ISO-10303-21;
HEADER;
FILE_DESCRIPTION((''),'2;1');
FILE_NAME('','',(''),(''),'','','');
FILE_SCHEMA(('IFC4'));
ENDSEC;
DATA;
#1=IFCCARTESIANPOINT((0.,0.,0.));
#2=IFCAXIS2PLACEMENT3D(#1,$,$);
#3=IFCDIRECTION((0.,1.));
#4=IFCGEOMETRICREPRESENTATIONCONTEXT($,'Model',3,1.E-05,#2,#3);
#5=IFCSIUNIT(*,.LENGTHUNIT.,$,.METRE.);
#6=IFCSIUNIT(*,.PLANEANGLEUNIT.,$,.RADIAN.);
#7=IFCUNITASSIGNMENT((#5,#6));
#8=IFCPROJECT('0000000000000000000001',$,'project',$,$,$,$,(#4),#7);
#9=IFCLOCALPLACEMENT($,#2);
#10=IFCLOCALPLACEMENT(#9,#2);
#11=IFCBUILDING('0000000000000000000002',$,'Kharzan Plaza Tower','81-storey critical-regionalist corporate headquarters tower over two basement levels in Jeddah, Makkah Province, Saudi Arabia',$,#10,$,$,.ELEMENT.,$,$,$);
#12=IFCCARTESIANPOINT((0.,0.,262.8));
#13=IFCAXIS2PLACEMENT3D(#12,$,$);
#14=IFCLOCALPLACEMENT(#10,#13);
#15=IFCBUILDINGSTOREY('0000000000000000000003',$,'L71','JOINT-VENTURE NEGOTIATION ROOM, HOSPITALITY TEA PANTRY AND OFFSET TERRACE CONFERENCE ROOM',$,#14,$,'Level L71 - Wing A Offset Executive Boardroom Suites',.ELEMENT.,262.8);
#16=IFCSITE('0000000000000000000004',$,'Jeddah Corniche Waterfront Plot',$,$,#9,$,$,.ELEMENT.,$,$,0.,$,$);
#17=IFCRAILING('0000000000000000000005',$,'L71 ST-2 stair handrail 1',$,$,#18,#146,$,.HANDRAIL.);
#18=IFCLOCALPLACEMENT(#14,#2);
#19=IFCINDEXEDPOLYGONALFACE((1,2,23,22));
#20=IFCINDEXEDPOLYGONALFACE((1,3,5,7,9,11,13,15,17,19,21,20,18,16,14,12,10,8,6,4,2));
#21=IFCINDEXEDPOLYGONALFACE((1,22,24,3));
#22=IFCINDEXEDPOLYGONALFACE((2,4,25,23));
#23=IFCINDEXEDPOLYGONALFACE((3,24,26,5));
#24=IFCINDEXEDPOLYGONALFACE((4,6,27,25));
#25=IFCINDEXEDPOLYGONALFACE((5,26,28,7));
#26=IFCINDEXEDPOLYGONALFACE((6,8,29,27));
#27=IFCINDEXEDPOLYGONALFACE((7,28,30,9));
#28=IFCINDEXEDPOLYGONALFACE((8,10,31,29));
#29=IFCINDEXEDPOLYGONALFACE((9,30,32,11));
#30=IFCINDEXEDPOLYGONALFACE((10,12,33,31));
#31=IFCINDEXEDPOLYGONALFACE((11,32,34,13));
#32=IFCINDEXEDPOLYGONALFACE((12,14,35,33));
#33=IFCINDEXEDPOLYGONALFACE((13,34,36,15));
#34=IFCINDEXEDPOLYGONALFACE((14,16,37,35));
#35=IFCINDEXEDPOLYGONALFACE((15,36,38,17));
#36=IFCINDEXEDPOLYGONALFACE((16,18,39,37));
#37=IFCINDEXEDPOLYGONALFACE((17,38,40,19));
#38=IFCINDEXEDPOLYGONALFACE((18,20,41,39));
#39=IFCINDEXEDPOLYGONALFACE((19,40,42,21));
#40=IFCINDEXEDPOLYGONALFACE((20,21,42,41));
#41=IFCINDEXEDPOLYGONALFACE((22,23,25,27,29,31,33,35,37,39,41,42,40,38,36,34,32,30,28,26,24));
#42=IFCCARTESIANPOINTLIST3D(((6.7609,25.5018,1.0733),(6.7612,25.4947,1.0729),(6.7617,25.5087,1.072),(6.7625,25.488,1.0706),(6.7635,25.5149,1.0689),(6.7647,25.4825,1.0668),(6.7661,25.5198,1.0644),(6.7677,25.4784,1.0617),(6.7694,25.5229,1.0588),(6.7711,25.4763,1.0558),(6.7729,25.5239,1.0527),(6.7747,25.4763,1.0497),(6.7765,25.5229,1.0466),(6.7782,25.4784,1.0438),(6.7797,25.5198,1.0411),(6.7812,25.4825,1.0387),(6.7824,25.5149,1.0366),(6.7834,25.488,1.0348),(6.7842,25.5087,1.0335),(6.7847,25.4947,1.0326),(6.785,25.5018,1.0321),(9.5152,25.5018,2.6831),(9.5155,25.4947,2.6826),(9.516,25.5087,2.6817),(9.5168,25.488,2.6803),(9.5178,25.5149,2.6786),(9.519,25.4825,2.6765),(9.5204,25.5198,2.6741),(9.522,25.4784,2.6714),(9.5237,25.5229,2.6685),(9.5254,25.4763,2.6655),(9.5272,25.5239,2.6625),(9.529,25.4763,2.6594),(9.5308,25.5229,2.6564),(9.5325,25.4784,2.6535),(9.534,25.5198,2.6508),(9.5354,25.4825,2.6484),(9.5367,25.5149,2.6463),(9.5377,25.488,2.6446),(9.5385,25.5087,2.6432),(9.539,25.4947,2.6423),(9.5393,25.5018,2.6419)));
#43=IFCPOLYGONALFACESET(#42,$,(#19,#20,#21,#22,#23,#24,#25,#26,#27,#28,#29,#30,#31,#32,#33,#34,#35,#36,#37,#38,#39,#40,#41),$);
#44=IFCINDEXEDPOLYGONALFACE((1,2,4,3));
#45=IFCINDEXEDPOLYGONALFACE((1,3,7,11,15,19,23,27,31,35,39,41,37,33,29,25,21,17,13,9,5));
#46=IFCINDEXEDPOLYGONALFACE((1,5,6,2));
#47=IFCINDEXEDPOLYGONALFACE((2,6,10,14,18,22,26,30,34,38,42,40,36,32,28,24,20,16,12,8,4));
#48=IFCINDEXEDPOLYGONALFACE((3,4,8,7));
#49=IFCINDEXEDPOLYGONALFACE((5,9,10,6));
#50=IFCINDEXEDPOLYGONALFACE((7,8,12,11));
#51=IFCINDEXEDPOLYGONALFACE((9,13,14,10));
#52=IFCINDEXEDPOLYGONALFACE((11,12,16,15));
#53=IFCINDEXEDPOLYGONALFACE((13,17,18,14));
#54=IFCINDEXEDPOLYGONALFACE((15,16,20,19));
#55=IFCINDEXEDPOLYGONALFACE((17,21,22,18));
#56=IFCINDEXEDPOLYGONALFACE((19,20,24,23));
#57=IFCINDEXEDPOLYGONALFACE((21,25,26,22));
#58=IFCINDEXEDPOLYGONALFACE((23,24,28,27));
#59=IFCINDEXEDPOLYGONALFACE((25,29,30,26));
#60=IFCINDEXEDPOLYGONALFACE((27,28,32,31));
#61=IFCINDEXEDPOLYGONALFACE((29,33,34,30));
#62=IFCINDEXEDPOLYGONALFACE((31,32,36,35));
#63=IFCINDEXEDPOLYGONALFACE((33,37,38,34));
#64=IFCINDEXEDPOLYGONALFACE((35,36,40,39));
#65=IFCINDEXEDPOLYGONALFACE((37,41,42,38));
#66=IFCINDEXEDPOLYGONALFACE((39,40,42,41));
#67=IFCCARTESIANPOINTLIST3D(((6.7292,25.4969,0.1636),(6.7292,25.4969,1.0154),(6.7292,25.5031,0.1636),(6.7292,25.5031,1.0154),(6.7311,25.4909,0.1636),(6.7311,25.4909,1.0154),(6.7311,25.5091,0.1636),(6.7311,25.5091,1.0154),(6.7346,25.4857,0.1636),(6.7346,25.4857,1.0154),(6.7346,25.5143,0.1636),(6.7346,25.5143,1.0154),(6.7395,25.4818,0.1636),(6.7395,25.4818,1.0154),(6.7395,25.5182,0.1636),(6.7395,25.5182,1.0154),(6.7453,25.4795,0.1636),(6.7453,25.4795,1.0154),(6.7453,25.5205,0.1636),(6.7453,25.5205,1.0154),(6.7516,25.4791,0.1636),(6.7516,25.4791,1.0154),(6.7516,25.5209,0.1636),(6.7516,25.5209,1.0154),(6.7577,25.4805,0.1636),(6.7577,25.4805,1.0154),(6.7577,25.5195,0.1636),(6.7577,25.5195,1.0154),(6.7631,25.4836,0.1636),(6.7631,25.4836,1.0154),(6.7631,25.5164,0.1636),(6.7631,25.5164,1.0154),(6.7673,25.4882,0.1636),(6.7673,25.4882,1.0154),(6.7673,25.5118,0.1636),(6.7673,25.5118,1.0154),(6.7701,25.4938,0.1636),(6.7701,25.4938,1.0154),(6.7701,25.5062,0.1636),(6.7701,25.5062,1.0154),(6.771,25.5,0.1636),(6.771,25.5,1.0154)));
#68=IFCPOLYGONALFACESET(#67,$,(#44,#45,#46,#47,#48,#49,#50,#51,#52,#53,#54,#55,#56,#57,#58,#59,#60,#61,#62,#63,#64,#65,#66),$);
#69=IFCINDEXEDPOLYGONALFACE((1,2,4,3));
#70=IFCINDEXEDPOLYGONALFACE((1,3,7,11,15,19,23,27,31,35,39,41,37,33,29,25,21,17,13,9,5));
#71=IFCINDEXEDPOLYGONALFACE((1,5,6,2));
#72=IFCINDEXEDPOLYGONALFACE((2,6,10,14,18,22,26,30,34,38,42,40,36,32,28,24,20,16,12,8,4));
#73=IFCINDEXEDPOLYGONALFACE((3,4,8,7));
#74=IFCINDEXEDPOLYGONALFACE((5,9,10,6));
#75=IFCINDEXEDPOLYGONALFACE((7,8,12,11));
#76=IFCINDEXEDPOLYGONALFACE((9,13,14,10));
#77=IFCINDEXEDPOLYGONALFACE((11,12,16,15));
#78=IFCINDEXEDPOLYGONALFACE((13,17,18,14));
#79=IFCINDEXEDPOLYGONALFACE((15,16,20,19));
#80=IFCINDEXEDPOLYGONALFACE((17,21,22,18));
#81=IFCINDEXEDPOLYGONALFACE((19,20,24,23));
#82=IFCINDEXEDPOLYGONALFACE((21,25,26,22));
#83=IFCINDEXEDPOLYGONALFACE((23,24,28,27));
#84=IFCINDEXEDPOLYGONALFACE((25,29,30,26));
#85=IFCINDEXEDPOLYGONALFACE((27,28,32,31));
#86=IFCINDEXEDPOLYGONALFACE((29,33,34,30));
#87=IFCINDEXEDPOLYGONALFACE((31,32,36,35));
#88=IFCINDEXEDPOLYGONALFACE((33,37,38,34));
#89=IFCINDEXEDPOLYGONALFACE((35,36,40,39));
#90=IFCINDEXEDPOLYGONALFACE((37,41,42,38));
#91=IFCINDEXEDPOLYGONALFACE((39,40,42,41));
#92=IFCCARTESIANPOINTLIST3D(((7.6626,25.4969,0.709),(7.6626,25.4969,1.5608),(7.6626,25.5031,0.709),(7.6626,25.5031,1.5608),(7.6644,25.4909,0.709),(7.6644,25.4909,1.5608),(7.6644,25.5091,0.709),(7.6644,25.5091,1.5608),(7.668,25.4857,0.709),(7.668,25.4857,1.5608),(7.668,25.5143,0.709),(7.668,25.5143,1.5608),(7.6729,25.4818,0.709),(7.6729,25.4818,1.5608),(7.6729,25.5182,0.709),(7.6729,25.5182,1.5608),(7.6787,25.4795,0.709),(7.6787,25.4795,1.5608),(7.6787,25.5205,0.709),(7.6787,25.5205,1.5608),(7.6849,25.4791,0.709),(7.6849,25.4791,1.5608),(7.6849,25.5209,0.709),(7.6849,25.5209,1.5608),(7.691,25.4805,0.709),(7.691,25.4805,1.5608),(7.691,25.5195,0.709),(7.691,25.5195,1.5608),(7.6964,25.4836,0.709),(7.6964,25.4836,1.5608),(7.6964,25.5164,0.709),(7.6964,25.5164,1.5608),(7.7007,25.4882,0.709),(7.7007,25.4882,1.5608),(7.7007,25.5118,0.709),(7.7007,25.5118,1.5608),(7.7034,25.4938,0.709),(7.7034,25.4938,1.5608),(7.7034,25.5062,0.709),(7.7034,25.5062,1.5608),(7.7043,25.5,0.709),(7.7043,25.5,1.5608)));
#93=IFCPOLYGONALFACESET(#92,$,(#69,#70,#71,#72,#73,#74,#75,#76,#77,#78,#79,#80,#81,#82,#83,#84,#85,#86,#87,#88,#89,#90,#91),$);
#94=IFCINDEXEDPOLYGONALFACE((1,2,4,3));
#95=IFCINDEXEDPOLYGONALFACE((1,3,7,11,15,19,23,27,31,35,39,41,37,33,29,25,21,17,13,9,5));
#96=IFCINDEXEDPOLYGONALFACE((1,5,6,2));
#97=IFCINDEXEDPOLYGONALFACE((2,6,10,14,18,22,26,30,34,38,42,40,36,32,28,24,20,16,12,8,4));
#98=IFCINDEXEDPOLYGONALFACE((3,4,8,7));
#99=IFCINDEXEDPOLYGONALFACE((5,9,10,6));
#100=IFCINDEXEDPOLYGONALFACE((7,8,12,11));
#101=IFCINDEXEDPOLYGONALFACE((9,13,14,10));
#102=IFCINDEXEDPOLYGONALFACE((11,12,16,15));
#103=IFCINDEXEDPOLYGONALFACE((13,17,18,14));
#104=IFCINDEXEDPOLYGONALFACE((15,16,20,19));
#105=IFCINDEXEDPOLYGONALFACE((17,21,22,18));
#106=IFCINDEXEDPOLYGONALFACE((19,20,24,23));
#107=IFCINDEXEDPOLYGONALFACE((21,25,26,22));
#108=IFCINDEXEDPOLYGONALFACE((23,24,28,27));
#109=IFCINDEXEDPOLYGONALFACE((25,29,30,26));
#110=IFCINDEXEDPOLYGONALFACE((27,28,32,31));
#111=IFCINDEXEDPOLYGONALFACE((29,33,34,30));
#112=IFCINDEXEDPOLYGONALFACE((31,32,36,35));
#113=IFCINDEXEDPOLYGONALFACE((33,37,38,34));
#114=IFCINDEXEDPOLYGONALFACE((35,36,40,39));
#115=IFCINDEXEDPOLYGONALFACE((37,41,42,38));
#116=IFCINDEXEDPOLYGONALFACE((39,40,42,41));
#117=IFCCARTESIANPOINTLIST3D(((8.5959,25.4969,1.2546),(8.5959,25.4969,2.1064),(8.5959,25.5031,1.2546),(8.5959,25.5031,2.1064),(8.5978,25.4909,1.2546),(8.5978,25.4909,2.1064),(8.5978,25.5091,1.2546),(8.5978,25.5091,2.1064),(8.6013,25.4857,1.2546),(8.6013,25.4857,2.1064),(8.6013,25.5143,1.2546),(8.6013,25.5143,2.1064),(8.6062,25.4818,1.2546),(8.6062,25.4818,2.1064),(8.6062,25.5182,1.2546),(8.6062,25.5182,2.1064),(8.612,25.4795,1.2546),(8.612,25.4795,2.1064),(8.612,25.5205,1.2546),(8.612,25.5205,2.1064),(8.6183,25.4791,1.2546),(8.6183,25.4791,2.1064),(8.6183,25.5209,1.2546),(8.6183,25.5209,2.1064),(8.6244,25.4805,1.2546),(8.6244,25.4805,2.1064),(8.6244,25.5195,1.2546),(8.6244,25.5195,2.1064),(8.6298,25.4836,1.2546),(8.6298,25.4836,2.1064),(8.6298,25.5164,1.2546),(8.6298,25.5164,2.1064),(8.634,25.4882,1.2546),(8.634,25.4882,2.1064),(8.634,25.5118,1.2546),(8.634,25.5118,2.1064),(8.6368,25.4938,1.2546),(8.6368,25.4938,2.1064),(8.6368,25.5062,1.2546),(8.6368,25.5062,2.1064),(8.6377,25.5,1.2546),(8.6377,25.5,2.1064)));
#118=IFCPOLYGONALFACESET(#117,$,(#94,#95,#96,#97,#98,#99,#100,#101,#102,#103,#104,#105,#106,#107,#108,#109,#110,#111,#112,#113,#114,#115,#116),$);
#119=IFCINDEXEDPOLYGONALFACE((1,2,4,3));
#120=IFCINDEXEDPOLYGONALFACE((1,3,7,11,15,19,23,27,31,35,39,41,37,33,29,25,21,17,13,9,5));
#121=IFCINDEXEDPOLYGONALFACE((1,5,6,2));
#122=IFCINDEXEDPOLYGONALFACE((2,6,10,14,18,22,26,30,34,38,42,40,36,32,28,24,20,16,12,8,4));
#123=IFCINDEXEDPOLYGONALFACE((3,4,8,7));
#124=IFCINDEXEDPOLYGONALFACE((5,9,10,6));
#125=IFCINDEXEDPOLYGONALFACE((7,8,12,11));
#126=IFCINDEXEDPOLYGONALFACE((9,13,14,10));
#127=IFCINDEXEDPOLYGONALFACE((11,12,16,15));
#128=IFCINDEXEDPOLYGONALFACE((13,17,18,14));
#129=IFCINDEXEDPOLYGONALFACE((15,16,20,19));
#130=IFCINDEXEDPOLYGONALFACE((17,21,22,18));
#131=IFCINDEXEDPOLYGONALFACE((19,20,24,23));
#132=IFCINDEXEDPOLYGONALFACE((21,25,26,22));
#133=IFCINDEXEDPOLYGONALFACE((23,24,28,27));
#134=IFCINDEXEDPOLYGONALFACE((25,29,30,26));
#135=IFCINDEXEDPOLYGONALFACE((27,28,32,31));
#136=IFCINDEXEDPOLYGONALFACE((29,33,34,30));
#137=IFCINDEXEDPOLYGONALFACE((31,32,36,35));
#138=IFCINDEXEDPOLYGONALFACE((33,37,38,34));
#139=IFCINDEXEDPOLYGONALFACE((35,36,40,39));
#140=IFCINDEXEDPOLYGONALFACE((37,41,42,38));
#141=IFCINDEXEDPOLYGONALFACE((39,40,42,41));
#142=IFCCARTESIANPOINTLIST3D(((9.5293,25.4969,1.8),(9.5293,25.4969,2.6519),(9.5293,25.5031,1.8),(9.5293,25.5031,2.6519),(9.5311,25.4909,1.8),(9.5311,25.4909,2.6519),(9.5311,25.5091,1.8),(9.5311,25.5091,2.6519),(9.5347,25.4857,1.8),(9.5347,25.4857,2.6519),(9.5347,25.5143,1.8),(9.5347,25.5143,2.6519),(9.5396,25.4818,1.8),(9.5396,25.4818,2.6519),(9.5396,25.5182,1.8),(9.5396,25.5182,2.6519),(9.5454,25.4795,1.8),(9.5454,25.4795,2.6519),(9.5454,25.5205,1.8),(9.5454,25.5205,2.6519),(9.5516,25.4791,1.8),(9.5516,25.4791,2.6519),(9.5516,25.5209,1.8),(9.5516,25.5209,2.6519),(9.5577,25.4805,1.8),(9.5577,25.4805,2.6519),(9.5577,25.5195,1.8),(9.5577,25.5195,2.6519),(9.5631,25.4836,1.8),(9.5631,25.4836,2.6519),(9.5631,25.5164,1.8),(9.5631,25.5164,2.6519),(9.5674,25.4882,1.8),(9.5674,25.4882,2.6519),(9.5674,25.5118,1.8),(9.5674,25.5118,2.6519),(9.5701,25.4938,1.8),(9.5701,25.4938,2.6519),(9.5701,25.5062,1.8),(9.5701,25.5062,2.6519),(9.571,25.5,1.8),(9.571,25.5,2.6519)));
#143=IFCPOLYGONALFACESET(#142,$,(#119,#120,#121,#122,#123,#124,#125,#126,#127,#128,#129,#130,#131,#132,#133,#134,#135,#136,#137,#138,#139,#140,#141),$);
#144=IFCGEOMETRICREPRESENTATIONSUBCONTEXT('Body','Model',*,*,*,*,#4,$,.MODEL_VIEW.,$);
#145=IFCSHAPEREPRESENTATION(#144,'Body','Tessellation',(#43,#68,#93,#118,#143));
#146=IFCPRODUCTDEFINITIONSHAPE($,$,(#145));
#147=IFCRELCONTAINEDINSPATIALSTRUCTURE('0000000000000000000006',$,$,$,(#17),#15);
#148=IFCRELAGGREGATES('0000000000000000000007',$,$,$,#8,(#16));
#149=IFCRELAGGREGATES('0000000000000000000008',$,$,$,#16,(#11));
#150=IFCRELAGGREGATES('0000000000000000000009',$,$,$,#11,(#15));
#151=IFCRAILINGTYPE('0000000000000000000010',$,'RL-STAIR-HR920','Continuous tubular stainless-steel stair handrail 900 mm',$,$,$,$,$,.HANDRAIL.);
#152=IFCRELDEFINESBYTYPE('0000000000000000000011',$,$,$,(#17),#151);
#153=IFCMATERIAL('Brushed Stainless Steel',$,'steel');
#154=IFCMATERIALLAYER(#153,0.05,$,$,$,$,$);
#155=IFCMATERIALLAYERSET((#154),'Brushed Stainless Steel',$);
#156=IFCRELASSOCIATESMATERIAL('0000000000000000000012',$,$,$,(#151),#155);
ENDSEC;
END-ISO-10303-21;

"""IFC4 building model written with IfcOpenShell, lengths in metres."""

from ifc_helpers import new_model, si_unit, direction, frame, origin, origin_2d, place, context, subcontext, project, spatial, circle, extrude, source, transform, mapped, material, layer, layer_set, type_object, element, save


model = new_model("IFC4")

# Units and contexts
model_context = context("Model", 3, precision=1e-05, world=origin(), true_north=direction((0.0, 1.0)))
body_context = subcontext(model_context, "Body", "Model", "MODEL_VIEW")
ifc_project = project(units=[si_unit("LENGTHUNIT", "METRE"), si_unit("PLANEANGLEUNIT", "RADIAN")], contexts=[model_context])

# Site, building, storey
site_placement = place(None, origin())
site = spatial("IfcSite", under=ifc_project, at=site_placement, Name="Jeddah Corniche Waterfront Plot", CompositionType="ELEMENT", RefElevation=0.0)
building_placement = place(site_placement, origin())
building = spatial("IfcBuilding", under=site, at=building_placement, Name="Kharzan Plaza Tower", Description="81-storey critical-regionalist corporate headquarters tower over two basement levels in Jeddah, Makkah Province, Saudi Arabia", CompositionType="ELEMENT")
storey_placement = place(building_placement, frame((0.0, 0.0, 262.8)))
storey = spatial("IfcBuildingStorey", under=building, at=storey_placement, Name="L71", Description="JOINT-VENTURE NEGOTIATION ROOM, HOSPITALITY TEA PANTRY AND OFFSET TERRACE CONFERENCE ROOM", LongName="Level L71 - Wing A Offset Executive Boardroom Suites", CompositionType="ELEMENT", Elevation=262.8)

# Shared definitions
ifc_material_1 = material(Name="Brushed Stainless Steel", Category="steel")

# Railing
ifc_layer_1 = layer(ifc_material_1, 0.05)
ifc_layer_set_1 = layer_set([ifc_layer_1], Name="Brushed Stainless Steel")
railing_type_1 = type_object("IfcRailingType", Name="RL-STAIR-HR920", Description="Continuous tubular stainless-steel stair handrail 900 mm", PredefinedType="HANDRAIL", material=ifc_layer_set_1)
shared_shape_1 = source(origin(), body_context, "Body", "SweptSolid", [
    extrude(circle(Radius=0.0239, at=origin_2d()), frame((0.0229, 0.0, 0.8892), z_axis=(0.863361, 0.0, 0.504587), x_axis=(0.0, 1.0, 0.0)), (0.0, 0.0, 1.0), 3.1902),
    extrude(circle(Radius=0.021, at=origin_2d()), origin(), (0.0, 0.0, 1.0), 0.8518),
    extrude(circle(Radius=0.021, at=origin_2d()), frame((0.9333, 0.0, 0.5454)), (0.0, 0.0, 1.0), 0.8518),
    extrude(circle(Radius=0.021, at=origin_2d()), frame((1.8667, 0.0, 1.0911)), (0.0, 0.0, 1.0), 0.8518),
    extrude(circle(Radius=0.021, at=origin_2d()), frame((2.8, 0.0, 1.6365)), (0.0, 0.0, 1.0), 0.8518),
])
railing_1_placement = place(storey_placement, frame((6.75, 25.5, 0.1636)))
element("IfcRailing", 1, at=railing_1_placement, inside=storey, type_object=railing_type_1, Name="L71 ST-2 stair handrail 1", PredefinedType="HANDRAIL", context=body_context, shape_type="MappedRepresentation", body=[
    mapped(shared_shape_1, transform((0.0, 0.0, 0.0), x_axis=(1.0, 0.0, 0.0), y_axis=(0.0, 1.0, 0.0), z_axis=(0.0, 0.0, 1.0))),
])

save(model, "model.ifc")
